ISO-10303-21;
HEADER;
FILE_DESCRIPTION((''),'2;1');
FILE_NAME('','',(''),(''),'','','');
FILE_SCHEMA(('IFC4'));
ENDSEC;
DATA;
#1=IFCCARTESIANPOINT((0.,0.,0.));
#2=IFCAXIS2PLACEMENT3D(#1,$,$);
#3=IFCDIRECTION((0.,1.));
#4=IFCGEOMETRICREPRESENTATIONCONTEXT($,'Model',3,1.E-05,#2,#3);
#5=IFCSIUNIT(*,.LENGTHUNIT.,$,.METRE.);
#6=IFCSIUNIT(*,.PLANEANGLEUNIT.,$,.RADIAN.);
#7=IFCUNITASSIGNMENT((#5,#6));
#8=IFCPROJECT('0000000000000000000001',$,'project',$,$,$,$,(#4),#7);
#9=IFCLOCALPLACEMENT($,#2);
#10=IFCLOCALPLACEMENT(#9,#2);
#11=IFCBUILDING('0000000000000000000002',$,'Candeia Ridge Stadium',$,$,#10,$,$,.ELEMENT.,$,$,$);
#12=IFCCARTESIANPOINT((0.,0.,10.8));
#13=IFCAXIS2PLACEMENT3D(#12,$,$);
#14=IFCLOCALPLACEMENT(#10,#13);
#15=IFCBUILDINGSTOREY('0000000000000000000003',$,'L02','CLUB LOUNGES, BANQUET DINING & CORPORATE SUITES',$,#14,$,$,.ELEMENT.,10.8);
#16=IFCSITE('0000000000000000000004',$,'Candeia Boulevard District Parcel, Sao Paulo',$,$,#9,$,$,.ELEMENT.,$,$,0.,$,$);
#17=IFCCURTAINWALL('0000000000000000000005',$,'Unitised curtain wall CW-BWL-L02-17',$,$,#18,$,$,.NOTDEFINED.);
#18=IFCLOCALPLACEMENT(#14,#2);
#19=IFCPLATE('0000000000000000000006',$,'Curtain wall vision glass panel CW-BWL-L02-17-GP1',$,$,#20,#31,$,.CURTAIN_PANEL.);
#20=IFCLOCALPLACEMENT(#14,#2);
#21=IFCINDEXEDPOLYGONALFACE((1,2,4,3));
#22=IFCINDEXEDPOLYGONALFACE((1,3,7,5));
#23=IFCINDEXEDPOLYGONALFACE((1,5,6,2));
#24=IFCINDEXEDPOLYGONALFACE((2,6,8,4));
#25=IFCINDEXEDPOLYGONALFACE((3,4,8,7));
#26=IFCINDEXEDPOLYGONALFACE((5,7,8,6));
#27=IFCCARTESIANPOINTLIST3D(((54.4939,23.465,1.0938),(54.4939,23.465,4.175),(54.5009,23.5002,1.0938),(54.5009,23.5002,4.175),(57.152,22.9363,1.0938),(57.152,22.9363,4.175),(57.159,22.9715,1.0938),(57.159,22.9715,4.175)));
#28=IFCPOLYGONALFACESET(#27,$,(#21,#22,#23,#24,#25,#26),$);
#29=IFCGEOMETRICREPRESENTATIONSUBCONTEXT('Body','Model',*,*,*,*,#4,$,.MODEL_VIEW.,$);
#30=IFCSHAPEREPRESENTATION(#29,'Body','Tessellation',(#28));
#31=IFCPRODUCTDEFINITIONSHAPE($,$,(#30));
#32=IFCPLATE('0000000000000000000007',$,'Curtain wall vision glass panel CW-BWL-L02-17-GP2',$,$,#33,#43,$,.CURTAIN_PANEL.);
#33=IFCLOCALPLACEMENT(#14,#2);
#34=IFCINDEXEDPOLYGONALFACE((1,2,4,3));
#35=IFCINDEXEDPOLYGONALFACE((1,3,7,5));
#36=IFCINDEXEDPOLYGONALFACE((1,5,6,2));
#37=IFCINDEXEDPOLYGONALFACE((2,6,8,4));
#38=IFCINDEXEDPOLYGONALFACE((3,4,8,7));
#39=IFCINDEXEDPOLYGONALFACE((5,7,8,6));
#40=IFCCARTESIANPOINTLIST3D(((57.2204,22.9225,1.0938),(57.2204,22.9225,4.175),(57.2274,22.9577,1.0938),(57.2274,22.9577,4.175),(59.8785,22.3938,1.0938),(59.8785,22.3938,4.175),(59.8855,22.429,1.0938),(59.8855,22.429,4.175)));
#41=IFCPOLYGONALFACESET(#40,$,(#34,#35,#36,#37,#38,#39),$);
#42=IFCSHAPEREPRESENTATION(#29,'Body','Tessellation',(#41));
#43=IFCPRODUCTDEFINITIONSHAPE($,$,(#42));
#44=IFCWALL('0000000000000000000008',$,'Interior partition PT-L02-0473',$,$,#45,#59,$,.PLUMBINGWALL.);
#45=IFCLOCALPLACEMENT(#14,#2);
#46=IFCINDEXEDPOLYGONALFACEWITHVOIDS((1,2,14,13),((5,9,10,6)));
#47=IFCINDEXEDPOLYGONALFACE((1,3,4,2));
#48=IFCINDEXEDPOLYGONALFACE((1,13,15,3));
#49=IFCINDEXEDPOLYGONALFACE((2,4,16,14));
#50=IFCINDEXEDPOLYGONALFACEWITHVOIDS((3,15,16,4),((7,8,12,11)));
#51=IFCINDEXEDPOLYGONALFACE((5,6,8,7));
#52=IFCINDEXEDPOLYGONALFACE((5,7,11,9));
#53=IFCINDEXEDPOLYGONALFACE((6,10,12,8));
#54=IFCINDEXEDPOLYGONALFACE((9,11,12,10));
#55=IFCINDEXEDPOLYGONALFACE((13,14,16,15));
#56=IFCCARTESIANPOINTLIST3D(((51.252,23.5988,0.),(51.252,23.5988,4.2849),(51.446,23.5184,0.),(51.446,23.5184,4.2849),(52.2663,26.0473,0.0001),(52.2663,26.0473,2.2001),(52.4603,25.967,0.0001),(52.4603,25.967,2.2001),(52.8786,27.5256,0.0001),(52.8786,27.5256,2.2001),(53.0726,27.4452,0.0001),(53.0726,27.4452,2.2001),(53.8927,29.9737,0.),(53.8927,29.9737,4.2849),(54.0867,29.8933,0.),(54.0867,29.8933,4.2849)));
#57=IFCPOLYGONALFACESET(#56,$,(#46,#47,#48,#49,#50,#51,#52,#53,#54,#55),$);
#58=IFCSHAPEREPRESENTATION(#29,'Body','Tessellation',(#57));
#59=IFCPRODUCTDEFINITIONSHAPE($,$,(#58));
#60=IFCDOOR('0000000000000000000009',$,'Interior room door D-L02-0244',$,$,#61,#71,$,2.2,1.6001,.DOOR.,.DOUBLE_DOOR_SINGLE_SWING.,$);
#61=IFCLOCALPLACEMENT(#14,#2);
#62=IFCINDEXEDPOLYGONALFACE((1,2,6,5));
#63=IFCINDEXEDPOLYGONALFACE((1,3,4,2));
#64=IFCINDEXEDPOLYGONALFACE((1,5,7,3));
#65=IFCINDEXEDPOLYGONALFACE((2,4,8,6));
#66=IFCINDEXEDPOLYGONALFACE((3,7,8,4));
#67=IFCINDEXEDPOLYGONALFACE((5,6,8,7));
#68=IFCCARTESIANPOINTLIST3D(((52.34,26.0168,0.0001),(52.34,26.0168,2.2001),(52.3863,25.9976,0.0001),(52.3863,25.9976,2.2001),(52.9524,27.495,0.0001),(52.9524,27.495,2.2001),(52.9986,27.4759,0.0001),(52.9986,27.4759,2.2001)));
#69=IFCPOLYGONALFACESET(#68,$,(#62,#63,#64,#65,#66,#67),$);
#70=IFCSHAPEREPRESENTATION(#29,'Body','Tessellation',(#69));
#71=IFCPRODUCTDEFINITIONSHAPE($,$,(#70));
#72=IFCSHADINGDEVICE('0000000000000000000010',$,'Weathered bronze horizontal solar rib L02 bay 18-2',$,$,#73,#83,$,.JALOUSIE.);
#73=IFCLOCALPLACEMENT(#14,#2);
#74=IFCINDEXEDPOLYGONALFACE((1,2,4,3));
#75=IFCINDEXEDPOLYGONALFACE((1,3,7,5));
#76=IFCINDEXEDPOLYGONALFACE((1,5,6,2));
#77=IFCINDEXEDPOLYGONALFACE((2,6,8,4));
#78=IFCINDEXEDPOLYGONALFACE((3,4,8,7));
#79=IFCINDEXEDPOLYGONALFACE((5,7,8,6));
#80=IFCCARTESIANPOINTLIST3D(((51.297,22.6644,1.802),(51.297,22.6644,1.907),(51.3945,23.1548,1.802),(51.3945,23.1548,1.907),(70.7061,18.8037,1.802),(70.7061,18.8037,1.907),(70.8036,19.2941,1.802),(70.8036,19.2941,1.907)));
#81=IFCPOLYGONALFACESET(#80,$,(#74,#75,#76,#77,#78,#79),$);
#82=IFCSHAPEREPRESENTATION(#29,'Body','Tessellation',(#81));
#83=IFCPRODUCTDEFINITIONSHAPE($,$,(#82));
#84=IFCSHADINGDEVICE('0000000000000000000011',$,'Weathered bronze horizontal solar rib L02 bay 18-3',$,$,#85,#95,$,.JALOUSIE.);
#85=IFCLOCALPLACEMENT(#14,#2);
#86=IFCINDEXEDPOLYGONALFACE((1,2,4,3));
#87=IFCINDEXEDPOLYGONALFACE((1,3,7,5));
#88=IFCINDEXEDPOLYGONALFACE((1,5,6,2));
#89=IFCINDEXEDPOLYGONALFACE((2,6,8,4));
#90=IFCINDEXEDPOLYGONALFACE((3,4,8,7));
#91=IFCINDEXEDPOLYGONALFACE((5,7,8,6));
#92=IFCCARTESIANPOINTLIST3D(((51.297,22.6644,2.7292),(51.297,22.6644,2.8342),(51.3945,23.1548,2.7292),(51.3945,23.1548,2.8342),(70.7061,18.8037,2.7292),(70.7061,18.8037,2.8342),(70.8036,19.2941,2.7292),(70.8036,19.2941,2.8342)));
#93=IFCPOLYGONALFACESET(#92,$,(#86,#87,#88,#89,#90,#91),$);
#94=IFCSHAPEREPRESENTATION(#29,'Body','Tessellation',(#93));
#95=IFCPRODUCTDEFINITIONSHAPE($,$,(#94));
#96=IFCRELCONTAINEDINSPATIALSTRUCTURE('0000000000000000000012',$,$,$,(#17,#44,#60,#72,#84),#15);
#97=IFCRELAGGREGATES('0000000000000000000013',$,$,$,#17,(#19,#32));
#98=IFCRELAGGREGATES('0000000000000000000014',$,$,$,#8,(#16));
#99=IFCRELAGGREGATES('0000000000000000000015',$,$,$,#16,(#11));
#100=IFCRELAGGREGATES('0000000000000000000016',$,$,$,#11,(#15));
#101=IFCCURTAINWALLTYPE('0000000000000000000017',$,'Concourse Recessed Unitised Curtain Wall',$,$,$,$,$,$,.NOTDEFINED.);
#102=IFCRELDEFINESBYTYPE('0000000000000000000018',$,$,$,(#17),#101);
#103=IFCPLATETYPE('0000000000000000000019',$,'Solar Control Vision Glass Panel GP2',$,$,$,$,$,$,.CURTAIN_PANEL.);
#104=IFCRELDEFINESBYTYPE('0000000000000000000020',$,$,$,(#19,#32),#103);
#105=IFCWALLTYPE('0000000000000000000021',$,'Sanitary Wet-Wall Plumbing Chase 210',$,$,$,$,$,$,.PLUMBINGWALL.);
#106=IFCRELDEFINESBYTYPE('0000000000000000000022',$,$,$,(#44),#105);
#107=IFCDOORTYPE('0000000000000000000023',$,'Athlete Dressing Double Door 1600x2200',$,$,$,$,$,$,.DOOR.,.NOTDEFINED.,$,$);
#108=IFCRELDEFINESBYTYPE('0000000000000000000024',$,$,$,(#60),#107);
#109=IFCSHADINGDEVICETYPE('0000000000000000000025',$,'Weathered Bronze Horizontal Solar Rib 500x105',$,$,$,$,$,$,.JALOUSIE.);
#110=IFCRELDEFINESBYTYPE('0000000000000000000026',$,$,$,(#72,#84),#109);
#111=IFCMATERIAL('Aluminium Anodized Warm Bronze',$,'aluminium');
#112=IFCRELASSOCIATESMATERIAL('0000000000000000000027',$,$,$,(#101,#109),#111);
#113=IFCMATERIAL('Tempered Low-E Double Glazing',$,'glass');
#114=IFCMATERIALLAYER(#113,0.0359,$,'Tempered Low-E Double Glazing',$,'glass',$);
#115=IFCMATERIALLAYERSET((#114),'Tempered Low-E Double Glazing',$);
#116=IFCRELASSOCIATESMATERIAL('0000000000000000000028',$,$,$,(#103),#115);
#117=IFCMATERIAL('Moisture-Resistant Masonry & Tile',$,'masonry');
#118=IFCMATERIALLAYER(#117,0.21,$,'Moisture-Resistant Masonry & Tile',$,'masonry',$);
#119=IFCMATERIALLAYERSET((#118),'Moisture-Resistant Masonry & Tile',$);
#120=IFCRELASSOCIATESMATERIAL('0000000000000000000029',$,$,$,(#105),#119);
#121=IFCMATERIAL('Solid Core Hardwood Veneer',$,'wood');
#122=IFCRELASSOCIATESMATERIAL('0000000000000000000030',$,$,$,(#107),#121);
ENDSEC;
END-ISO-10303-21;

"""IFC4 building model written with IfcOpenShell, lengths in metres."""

from ifc_helpers import new_model, si_unit, direction, frame, frame_2d, origin, origin_2d, place, context, subcontext, project, spatial, rectangle, extrude, material, layer, layer_set, type_object, element, fill, aggregate, save


model = new_model("IFC4")

# Units and contexts
model_context = context("Model", 3, precision=1e-05, world=origin(), true_north=direction((0.0, 1.0)))
body_context = subcontext(model_context, "Body", "Model", "MODEL_VIEW")
ifc_project = project(units=[si_unit("LENGTHUNIT", "METRE"), si_unit("PLANEANGLEUNIT", "RADIAN")], contexts=[model_context])

# Site, building, storey
site_placement = place(None, origin())
site = spatial("IfcSite", under=ifc_project, at=site_placement, Name="Candeia Boulevard District Parcel, Sao Paulo", CompositionType="ELEMENT", RefElevation=0.0)
building_placement = place(site_placement, origin())
building = spatial("IfcBuilding", under=site, at=building_placement, Name="Candeia Ridge Stadium", CompositionType="ELEMENT")
storey_placement = place(building_placement, frame((0.0, 0.0, 10.8)))
storey = spatial("IfcBuildingStorey", under=building, at=storey_placement, Name="L02", Description="CLUB LOUNGES, BANQUET DINING & CORPORATE SUITES", CompositionType="ELEMENT", Elevation=10.8)

# Curtain wall
ifc_material_1 = material(Name="Aluminium Anodized Warm Bronze", Category="aluminium")
curtain_wall_type = type_object("IfcCurtainWallType", Name="Concourse Recessed Unitised Curtain Wall", PredefinedType="NOTDEFINED", material=ifc_material_1)
curtain_wall_placement = place(storey_placement, origin())
curtain_wall = element("IfcCurtainWall", 1, at=curtain_wall_placement, inside=storey, type_object=curtain_wall_type, Name="Unitised curtain wall CW-BWL-L02-17", PredefinedType="NOTDEFINED")

# Plates
ifc_material_2 = material(Name="Tempered Low-E Double Glazing", Category="glass")
ifc_layer_1 = layer(ifc_material_2, 0.0359, Name="Tempered Low-E Double Glazing", Category="glass")
ifc_layer_set_1 = layer_set([ifc_layer_1], Name="Tempered Low-E Double Glazing")
plate_type_1 = type_object("IfcPlateType", Name="Solar Control Vision Glass Panel GP2", PredefinedType="CURTAIN_PANEL", material=ifc_layer_set_1)
plate_1_placement = place(storey_placement, frame((55.8264, 23.2183, 1.0938), z_axis=(0.0, 0.0, 1.0), x_axis=(0.980785, -0.19509, 0.0)))
plate_1 = element("IfcPlate", 2, at=plate_1_placement, type_object=plate_type_1, Name="Curtain wall vision glass panel CW-BWL-L02-17-GP1", PredefinedType="CURTAIN_PANEL", context=body_context, shape_type="SweptSolid", body=[
    extrude(rectangle(XDim=2.7102, YDim=0.0359, at=origin_2d()), origin(), (0.0, 0.0, 1.0), 3.0813),
])
plate_2_placement = place(storey_placement, frame((58.553, 22.6758, 1.0938), z_axis=(0.0, 0.0, 1.0), x_axis=(0.980785, -0.19509, 0.0)))
plate_2 = element("IfcPlate", 3, at=plate_2_placement, type_object=plate_type_1, Name="Curtain wall vision glass panel CW-BWL-L02-17-GP2", PredefinedType="CURTAIN_PANEL", context=body_context, shape_type="SweptSolid", body=[
    extrude(rectangle(XDim=2.7102, YDim=0.0359, at=origin_2d()), origin(), (0.0, 0.0, 1.0), 3.0813),
])
aggregate(curtain_wall, [plate_1, plate_2])

# Wall, opening, door
ifc_material_3 = material(Name="Moisture-Resistant Masonry & Tile", Category="masonry")
ifc_layer_2 = layer(ifc_material_3, 0.21, Name="Moisture-Resistant Masonry & Tile", Category="masonry")
ifc_layer_set_2 = layer_set([ifc_layer_2], Name="Moisture-Resistant Masonry & Tile")
wall_type = type_object("IfcWallType", Name="Sanitary Wet-Wall Plumbing Chase 210", PredefinedType="PLUMBINGWALL", material=ifc_layer_set_2)
wall_placement = place(storey_placement, frame((53.9897, 29.9336, 0.0), z_axis=(0.0, 0.0, 1.0), x_axis=(-0.382698, -0.923874, 0.0)))
wall = element("IfcWall", 4, at=wall_placement, inside=storey, type_object=wall_type, Name="Interior partition PT-L02-0473", PredefinedType="PLUMBINGWALL", context=body_context, shape_type="SweptSolid", body=[
    extrude(rectangle(XDim=6.9001, YDim=0.21, at=frame_2d((3.4502, 0.0))), origin(), (0.0, 0.0, 1.0), 4.2849),
])
opening_placement = place(wall_placement, frame((2.6499, 0.0, 0.0)))
opening = element("IfcOpeningElement", 5, at=opening_placement, cuts=wall, PredefinedType="OPENING", context=body_context, shape_type="SweptSolid", body=[
    extrude(rectangle(XDim=1.6001, YDim=2.2, at=frame_2d((0.8, 1.1001))), frame((0.0, 0.115, 0.0), z_axis=(0.0, -1.0, 0.0), x_axis=(1.0, 0.0, 0.0)), (0.0, 0.0, 1.0), 0.23),
])
ifc_material_4 = material(Name="Solid Core Hardwood Veneer", Category="wood")
door_type = type_object("IfcDoorType", Name="Athlete Dressing Double Door 1600x2200", OperationType="NOTDEFINED", PredefinedType="DOOR", material=ifc_material_4)
door_placement = place(opening_placement, origin())
door = element("IfcDoor", 6, at=door_placement, inside=storey, type_object=door_type, Name="Interior room door D-L02-0244", OperationType="DOUBLE_DOOR_SINGLE_SWING", OverallHeight=2.2, OverallWidth=1.6001, PredefinedType="DOOR", context=body_context, shape_type="SweptSolid", body=[
    extrude(rectangle(XDim=1.6001, YDim=2.2, at=frame_2d((0.8, 1.1001))), frame((0.0, 0.0249, 0.0), z_axis=(0.0, -1.0, 0.0), x_axis=(1.0, 0.0, 0.0)), (0.0, 0.0, 1.0), 0.05),
])
fill(opening, door)

# Shading devices
shading_device_type = type_object("IfcShadingDeviceType", Name="Weathered Bronze Horizontal Solar Rib 500x105", PredefinedType="JALOUSIE", material=ifc_material_1)
for number, where, z_axis, x_axis, name in (
    (7, (61.0503, 20.9792, 1.802), (0.0, 0.0, 1.0), (0.980785, -0.19509, 0.0), "Weathered bronze horizontal solar rib L02 bay 18-2"),
    (8, (61.0503, 20.9792, 2.7292), (0.0, 0.0, 1.0), (0.980785, -0.19509, 0.0), "Weathered bronze horizontal solar rib L02 bay 18-3"),
):
    element("IfcShadingDevice", number, at=place(storey_placement, frame(where, z_axis=z_axis, x_axis=x_axis)), inside=storey, type_object=shading_device_type, Name=name, PredefinedType="JALOUSIE", context=body_context, shape_type="SweptSolid", body=[
        extrude(rectangle(XDim=19.7893, YDim=0.5, at=origin_2d()), origin(), (0.0, 0.0, 1.0), 0.105),
    ])

save(model, "model.ifc")
